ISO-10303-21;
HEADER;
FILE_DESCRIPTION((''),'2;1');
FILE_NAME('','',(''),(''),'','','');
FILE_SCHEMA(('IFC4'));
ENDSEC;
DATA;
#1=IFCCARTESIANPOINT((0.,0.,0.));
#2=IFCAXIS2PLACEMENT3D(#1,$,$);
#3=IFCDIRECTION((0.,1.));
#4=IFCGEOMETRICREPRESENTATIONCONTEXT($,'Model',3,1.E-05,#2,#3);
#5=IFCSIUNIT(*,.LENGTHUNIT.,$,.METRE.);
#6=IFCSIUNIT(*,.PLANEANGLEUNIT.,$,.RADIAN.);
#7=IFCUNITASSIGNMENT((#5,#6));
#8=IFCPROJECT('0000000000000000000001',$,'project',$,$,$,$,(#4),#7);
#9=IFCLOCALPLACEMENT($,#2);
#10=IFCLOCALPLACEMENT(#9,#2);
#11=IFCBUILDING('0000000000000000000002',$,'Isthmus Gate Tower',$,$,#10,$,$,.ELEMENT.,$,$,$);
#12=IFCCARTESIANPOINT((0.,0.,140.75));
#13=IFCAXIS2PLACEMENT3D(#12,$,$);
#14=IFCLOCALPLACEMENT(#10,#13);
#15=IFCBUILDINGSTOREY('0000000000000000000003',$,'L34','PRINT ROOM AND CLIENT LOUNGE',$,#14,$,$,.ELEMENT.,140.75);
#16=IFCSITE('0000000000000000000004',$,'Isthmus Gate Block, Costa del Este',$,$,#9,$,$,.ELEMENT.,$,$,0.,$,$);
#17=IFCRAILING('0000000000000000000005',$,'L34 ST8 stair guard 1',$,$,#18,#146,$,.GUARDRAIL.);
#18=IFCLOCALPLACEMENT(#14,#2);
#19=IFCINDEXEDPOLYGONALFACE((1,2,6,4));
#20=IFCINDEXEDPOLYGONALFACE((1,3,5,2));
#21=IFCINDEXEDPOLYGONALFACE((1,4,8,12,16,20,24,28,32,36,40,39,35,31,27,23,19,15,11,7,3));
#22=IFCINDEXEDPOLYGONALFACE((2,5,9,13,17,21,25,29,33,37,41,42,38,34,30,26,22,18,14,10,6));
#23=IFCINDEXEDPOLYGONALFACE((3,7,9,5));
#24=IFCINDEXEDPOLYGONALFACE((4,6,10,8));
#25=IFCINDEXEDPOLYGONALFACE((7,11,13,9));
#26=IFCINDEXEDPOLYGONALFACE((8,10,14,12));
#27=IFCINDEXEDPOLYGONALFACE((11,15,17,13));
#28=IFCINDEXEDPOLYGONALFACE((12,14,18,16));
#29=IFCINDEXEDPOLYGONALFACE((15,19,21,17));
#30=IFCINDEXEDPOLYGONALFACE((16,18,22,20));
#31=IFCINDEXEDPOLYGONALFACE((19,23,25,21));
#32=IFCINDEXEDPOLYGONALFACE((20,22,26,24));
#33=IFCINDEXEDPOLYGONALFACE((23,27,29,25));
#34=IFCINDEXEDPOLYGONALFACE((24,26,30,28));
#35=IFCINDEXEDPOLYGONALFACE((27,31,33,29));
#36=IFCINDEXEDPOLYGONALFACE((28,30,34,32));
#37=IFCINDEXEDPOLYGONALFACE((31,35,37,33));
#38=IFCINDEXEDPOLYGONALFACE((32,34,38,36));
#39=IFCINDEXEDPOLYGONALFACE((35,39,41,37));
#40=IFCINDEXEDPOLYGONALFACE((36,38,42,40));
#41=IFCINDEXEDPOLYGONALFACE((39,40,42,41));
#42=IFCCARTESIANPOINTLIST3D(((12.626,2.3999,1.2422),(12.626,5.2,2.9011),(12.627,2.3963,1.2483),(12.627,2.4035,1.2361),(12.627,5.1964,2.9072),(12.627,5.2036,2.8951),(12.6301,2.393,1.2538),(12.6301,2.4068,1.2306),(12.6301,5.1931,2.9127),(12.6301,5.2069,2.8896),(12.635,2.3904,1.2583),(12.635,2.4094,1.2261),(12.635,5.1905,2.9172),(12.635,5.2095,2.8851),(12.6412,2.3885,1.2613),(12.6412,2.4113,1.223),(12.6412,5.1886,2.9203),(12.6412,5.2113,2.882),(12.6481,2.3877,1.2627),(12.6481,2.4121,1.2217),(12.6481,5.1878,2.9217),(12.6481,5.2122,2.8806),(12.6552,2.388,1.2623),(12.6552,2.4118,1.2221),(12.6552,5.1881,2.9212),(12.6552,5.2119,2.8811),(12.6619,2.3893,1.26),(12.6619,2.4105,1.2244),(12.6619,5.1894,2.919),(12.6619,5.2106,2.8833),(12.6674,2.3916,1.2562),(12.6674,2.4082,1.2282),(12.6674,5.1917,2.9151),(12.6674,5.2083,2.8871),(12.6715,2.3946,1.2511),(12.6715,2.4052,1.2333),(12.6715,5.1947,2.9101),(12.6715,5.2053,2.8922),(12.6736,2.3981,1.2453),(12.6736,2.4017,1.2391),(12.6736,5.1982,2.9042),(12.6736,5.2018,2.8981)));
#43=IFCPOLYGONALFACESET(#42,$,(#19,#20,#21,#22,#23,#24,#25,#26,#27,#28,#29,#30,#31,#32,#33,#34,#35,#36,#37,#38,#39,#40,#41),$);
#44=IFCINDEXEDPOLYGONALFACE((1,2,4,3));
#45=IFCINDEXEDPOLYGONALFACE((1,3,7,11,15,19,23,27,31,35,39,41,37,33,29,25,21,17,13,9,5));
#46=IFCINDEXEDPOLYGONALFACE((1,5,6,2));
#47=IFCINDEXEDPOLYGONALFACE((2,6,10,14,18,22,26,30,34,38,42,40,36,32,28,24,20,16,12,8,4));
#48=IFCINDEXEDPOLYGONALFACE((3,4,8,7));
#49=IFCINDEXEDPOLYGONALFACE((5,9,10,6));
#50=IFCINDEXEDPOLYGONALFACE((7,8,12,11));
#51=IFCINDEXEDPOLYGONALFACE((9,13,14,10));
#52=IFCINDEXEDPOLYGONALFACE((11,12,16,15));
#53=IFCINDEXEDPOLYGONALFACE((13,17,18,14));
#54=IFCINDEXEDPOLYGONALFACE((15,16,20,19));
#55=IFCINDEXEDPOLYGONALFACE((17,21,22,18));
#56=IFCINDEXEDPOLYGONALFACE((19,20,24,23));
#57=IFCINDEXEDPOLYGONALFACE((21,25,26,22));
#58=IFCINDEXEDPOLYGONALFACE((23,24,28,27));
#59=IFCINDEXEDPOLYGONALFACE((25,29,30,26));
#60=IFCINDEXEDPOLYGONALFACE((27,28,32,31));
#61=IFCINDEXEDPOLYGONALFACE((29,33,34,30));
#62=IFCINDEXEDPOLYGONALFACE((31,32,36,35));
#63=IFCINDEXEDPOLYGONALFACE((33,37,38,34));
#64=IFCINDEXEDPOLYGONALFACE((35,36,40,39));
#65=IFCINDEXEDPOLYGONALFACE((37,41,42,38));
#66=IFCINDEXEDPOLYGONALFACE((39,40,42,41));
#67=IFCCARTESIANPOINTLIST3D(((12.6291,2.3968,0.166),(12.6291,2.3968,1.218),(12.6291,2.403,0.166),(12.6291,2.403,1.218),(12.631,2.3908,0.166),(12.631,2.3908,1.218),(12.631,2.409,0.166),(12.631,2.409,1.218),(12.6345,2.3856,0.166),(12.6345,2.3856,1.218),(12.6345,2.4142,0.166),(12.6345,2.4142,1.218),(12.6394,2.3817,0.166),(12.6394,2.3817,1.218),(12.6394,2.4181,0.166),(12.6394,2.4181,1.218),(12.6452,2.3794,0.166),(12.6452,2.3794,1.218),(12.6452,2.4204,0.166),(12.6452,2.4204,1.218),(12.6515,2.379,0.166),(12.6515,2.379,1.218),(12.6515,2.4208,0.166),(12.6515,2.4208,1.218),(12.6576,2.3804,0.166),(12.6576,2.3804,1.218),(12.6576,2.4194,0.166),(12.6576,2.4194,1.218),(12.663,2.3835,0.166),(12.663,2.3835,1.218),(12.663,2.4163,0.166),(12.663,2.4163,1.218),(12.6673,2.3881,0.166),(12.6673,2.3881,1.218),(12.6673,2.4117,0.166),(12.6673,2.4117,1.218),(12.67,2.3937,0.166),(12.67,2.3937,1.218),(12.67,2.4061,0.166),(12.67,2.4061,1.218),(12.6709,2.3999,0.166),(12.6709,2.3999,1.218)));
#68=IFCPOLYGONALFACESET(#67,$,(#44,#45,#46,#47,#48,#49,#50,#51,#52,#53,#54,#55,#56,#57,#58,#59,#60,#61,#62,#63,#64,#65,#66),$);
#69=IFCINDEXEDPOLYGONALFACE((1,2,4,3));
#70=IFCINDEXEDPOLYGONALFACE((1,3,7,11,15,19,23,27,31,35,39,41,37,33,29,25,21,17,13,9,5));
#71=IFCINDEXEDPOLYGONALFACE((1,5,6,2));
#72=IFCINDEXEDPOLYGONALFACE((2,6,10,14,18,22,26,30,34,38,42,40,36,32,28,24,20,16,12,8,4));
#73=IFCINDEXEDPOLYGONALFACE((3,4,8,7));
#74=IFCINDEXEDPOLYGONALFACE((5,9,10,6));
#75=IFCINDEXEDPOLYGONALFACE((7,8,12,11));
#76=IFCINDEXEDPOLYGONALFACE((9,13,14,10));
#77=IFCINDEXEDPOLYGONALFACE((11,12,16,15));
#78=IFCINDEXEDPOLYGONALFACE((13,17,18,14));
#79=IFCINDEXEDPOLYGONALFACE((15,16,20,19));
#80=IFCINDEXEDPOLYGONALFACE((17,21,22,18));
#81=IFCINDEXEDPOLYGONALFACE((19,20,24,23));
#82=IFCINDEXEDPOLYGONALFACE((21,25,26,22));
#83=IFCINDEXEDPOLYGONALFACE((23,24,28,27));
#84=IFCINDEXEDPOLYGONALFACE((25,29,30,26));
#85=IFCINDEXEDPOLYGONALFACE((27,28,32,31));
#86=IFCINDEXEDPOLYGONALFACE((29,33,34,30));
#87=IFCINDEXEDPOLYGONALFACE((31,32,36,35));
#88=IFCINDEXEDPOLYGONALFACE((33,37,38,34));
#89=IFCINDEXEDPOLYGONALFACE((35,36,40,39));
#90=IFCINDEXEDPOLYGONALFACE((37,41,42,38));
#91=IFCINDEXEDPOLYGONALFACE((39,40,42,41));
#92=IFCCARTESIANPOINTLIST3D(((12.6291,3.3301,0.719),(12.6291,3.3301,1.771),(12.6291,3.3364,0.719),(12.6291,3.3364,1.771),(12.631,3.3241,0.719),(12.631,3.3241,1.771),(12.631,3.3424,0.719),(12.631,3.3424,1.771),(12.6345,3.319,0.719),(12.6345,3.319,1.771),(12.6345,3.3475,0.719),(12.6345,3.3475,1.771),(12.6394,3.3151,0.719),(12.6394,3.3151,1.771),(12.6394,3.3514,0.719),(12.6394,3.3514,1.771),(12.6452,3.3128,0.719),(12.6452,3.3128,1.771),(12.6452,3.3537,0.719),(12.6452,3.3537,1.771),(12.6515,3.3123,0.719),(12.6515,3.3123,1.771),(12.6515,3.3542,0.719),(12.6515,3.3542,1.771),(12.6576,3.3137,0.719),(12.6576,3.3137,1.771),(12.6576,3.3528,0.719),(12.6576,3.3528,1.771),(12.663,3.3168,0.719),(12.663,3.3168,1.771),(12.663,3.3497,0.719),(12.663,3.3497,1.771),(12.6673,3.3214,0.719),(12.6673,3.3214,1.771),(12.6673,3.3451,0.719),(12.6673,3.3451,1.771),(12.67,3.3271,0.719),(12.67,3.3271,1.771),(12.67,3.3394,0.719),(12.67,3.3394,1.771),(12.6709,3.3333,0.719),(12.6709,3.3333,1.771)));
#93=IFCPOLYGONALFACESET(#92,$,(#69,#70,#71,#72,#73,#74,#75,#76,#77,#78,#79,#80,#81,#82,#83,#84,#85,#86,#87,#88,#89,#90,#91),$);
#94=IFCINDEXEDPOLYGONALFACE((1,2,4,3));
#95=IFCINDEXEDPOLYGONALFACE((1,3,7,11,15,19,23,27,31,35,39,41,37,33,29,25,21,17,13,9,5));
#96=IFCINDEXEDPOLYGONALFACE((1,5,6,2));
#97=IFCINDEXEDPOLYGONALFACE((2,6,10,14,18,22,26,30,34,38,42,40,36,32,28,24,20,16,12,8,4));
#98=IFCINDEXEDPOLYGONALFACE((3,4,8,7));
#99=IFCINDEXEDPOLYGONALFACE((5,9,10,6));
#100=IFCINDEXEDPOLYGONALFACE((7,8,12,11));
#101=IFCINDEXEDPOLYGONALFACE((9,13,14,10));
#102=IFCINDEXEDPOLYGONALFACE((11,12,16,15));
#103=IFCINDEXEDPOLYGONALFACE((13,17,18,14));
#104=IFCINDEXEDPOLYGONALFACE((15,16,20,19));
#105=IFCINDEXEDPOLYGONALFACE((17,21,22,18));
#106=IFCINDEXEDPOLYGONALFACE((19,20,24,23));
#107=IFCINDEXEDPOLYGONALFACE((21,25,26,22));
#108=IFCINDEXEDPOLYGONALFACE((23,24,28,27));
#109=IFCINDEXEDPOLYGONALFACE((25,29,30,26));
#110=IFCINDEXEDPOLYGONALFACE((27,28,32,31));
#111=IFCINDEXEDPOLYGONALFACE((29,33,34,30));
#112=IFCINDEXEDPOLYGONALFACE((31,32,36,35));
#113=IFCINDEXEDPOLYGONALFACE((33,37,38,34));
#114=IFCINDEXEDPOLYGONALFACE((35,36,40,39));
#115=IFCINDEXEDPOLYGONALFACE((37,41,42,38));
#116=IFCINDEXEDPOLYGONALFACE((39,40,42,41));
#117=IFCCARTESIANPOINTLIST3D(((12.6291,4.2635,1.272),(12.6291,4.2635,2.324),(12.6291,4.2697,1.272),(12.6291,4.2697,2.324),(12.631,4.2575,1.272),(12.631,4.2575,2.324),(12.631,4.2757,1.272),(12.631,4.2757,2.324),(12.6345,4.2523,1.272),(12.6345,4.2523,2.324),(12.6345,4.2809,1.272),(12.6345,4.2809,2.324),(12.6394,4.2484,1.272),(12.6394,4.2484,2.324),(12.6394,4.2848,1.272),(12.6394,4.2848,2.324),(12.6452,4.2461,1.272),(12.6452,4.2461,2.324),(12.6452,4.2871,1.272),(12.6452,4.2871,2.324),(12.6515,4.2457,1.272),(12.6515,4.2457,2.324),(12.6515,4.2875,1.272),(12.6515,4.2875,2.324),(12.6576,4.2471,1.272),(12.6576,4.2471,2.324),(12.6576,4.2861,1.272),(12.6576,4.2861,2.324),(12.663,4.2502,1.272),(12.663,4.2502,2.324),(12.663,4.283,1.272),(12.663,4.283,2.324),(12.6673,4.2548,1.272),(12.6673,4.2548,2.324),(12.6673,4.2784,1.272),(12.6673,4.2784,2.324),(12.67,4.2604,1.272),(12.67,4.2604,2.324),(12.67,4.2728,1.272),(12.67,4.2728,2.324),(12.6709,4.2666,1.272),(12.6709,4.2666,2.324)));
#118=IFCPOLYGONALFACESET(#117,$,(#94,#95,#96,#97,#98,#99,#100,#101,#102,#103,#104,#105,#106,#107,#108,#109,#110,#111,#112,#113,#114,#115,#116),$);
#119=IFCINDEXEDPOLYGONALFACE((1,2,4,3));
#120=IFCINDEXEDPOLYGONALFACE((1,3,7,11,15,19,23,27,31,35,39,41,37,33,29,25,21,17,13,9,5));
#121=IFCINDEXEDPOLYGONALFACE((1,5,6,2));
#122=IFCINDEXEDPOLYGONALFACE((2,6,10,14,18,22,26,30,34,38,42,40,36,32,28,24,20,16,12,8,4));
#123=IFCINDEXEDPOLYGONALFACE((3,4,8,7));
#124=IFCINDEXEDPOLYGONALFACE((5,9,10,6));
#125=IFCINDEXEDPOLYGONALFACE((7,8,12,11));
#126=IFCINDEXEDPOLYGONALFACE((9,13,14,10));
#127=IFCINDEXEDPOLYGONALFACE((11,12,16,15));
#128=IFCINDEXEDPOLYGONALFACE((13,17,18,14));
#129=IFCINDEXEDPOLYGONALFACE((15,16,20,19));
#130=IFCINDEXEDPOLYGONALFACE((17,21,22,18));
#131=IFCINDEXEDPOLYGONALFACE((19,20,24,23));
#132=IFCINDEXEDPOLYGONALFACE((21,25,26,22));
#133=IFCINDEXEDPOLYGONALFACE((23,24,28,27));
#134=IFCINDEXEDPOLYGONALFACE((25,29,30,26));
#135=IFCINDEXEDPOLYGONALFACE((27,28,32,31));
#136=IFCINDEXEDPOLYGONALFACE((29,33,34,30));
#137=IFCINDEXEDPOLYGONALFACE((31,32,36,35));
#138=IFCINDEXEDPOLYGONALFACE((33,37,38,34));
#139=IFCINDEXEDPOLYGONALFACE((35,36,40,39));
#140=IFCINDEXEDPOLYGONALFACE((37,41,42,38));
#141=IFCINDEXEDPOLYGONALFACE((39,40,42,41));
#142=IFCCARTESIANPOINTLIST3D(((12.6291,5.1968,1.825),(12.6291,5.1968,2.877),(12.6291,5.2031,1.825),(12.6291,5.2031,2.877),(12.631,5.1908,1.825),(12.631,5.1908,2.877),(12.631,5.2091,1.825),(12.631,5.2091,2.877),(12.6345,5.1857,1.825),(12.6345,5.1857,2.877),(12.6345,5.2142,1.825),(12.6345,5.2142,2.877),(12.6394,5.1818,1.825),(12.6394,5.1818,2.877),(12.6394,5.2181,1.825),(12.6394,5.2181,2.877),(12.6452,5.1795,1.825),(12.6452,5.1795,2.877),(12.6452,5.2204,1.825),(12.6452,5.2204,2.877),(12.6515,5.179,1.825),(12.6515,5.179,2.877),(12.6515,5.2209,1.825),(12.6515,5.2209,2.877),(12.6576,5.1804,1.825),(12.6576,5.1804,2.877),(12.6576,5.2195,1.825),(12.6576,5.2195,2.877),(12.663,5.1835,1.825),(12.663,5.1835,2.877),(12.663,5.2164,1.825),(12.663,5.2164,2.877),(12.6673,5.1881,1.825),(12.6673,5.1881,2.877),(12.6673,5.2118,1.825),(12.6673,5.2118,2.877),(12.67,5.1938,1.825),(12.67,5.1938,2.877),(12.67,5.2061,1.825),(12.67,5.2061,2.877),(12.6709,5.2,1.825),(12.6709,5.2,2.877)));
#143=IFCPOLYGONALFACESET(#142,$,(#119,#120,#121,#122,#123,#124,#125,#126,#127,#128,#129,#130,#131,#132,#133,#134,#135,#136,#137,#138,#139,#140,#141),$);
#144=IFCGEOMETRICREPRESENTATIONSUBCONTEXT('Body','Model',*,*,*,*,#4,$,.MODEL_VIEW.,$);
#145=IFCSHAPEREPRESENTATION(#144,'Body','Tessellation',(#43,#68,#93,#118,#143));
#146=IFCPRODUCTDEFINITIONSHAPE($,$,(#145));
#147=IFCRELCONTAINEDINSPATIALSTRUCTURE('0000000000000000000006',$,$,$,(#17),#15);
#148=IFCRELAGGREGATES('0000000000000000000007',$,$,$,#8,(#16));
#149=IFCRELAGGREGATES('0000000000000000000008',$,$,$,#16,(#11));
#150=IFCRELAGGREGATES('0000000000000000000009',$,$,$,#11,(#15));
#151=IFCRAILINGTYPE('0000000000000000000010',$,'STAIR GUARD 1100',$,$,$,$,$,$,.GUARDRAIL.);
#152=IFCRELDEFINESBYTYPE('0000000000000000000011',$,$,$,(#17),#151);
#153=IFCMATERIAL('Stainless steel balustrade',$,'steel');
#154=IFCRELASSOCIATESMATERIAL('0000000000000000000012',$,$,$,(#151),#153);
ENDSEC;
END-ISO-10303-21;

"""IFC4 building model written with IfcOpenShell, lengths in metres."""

from ifc_helpers import new_model, si_unit, direction, frame, origin, origin_2d, place, context, subcontext, project, spatial, circle, extrude, material, type_object, element, save


model = new_model("IFC4")

# Units and contexts
model_context = context("Model", 3, precision=1e-05, world=origin(), true_north=direction((0.0, 1.0)))
body_context = subcontext(model_context, "Body", "Model", "MODEL_VIEW")
ifc_project = project(units=[si_unit("LENGTHUNIT", "METRE"), si_unit("PLANEANGLEUNIT", "RADIAN")], contexts=[model_context])

# Site, building, storey
site_placement = place(None, origin())
site = spatial("IfcSite", under=ifc_project, at=site_placement, Name="Isthmus Gate Block, Costa del Este", CompositionType="ELEMENT", RefElevation=0.0)
building_placement = place(site_placement, origin())
building = spatial("IfcBuilding", under=site, at=building_placement, Name="Isthmus Gate Tower", CompositionType="ELEMENT")
storey_placement = place(building_placement, frame((0.0, 0.0, 140.75)))
storey = spatial("IfcBuildingStorey", under=building, at=storey_placement, Name="L34", Description="PRINT ROOM AND CLIENT LOUNGE", CompositionType="ELEMENT", Elevation=140.75)

# Railing
ifc_material_1 = material(Name="Stainless steel balustrade", Category="steel")
railing_type_1 = type_object("IfcRailingType", Name="STAIR GUARD 1100", PredefinedType="GUARDRAIL", material=ifc_material_1)
railing_1_placement = place(storey_placement, frame((12.6499, 2.3999, 0.166)))
element("IfcRailing", 1, at=railing_1_placement, inside=storey, type_object=railing_type_1, Name="L34 ST8 stair guard 1", PredefinedType="GUARDRAIL", context=body_context, shape_type="SweptSolid", body=[
    extrude(circle(Radius=0.0239, at=origin_2d()), frame((0.0, 0.0, 1.0762), z_axis=(0.0, 0.860339, 0.509722), x_axis=(-1.0, 0.0, 0.0)), (0.0, 0.0, 1.0), 3.2546),
    extrude(circle(Radius=0.021, at=origin_2d()), origin(), (0.0, 0.0, 1.0), 1.052),
    extrude(circle(Radius=0.021, at=origin_2d()), frame((0.0, 0.9333, 0.553)), (0.0, 0.0, 1.0), 1.052),
    extrude(circle(Radius=0.021, at=origin_2d()), frame((0.0, 1.8667, 1.106)), (0.0, 0.0, 1.0), 1.052),
    extrude(circle(Radius=0.021, at=origin_2d()), frame((0.0, 2.8, 1.6589)), (0.0, 0.0, 1.0), 1.052),
])

save(model, "model.ifc")
